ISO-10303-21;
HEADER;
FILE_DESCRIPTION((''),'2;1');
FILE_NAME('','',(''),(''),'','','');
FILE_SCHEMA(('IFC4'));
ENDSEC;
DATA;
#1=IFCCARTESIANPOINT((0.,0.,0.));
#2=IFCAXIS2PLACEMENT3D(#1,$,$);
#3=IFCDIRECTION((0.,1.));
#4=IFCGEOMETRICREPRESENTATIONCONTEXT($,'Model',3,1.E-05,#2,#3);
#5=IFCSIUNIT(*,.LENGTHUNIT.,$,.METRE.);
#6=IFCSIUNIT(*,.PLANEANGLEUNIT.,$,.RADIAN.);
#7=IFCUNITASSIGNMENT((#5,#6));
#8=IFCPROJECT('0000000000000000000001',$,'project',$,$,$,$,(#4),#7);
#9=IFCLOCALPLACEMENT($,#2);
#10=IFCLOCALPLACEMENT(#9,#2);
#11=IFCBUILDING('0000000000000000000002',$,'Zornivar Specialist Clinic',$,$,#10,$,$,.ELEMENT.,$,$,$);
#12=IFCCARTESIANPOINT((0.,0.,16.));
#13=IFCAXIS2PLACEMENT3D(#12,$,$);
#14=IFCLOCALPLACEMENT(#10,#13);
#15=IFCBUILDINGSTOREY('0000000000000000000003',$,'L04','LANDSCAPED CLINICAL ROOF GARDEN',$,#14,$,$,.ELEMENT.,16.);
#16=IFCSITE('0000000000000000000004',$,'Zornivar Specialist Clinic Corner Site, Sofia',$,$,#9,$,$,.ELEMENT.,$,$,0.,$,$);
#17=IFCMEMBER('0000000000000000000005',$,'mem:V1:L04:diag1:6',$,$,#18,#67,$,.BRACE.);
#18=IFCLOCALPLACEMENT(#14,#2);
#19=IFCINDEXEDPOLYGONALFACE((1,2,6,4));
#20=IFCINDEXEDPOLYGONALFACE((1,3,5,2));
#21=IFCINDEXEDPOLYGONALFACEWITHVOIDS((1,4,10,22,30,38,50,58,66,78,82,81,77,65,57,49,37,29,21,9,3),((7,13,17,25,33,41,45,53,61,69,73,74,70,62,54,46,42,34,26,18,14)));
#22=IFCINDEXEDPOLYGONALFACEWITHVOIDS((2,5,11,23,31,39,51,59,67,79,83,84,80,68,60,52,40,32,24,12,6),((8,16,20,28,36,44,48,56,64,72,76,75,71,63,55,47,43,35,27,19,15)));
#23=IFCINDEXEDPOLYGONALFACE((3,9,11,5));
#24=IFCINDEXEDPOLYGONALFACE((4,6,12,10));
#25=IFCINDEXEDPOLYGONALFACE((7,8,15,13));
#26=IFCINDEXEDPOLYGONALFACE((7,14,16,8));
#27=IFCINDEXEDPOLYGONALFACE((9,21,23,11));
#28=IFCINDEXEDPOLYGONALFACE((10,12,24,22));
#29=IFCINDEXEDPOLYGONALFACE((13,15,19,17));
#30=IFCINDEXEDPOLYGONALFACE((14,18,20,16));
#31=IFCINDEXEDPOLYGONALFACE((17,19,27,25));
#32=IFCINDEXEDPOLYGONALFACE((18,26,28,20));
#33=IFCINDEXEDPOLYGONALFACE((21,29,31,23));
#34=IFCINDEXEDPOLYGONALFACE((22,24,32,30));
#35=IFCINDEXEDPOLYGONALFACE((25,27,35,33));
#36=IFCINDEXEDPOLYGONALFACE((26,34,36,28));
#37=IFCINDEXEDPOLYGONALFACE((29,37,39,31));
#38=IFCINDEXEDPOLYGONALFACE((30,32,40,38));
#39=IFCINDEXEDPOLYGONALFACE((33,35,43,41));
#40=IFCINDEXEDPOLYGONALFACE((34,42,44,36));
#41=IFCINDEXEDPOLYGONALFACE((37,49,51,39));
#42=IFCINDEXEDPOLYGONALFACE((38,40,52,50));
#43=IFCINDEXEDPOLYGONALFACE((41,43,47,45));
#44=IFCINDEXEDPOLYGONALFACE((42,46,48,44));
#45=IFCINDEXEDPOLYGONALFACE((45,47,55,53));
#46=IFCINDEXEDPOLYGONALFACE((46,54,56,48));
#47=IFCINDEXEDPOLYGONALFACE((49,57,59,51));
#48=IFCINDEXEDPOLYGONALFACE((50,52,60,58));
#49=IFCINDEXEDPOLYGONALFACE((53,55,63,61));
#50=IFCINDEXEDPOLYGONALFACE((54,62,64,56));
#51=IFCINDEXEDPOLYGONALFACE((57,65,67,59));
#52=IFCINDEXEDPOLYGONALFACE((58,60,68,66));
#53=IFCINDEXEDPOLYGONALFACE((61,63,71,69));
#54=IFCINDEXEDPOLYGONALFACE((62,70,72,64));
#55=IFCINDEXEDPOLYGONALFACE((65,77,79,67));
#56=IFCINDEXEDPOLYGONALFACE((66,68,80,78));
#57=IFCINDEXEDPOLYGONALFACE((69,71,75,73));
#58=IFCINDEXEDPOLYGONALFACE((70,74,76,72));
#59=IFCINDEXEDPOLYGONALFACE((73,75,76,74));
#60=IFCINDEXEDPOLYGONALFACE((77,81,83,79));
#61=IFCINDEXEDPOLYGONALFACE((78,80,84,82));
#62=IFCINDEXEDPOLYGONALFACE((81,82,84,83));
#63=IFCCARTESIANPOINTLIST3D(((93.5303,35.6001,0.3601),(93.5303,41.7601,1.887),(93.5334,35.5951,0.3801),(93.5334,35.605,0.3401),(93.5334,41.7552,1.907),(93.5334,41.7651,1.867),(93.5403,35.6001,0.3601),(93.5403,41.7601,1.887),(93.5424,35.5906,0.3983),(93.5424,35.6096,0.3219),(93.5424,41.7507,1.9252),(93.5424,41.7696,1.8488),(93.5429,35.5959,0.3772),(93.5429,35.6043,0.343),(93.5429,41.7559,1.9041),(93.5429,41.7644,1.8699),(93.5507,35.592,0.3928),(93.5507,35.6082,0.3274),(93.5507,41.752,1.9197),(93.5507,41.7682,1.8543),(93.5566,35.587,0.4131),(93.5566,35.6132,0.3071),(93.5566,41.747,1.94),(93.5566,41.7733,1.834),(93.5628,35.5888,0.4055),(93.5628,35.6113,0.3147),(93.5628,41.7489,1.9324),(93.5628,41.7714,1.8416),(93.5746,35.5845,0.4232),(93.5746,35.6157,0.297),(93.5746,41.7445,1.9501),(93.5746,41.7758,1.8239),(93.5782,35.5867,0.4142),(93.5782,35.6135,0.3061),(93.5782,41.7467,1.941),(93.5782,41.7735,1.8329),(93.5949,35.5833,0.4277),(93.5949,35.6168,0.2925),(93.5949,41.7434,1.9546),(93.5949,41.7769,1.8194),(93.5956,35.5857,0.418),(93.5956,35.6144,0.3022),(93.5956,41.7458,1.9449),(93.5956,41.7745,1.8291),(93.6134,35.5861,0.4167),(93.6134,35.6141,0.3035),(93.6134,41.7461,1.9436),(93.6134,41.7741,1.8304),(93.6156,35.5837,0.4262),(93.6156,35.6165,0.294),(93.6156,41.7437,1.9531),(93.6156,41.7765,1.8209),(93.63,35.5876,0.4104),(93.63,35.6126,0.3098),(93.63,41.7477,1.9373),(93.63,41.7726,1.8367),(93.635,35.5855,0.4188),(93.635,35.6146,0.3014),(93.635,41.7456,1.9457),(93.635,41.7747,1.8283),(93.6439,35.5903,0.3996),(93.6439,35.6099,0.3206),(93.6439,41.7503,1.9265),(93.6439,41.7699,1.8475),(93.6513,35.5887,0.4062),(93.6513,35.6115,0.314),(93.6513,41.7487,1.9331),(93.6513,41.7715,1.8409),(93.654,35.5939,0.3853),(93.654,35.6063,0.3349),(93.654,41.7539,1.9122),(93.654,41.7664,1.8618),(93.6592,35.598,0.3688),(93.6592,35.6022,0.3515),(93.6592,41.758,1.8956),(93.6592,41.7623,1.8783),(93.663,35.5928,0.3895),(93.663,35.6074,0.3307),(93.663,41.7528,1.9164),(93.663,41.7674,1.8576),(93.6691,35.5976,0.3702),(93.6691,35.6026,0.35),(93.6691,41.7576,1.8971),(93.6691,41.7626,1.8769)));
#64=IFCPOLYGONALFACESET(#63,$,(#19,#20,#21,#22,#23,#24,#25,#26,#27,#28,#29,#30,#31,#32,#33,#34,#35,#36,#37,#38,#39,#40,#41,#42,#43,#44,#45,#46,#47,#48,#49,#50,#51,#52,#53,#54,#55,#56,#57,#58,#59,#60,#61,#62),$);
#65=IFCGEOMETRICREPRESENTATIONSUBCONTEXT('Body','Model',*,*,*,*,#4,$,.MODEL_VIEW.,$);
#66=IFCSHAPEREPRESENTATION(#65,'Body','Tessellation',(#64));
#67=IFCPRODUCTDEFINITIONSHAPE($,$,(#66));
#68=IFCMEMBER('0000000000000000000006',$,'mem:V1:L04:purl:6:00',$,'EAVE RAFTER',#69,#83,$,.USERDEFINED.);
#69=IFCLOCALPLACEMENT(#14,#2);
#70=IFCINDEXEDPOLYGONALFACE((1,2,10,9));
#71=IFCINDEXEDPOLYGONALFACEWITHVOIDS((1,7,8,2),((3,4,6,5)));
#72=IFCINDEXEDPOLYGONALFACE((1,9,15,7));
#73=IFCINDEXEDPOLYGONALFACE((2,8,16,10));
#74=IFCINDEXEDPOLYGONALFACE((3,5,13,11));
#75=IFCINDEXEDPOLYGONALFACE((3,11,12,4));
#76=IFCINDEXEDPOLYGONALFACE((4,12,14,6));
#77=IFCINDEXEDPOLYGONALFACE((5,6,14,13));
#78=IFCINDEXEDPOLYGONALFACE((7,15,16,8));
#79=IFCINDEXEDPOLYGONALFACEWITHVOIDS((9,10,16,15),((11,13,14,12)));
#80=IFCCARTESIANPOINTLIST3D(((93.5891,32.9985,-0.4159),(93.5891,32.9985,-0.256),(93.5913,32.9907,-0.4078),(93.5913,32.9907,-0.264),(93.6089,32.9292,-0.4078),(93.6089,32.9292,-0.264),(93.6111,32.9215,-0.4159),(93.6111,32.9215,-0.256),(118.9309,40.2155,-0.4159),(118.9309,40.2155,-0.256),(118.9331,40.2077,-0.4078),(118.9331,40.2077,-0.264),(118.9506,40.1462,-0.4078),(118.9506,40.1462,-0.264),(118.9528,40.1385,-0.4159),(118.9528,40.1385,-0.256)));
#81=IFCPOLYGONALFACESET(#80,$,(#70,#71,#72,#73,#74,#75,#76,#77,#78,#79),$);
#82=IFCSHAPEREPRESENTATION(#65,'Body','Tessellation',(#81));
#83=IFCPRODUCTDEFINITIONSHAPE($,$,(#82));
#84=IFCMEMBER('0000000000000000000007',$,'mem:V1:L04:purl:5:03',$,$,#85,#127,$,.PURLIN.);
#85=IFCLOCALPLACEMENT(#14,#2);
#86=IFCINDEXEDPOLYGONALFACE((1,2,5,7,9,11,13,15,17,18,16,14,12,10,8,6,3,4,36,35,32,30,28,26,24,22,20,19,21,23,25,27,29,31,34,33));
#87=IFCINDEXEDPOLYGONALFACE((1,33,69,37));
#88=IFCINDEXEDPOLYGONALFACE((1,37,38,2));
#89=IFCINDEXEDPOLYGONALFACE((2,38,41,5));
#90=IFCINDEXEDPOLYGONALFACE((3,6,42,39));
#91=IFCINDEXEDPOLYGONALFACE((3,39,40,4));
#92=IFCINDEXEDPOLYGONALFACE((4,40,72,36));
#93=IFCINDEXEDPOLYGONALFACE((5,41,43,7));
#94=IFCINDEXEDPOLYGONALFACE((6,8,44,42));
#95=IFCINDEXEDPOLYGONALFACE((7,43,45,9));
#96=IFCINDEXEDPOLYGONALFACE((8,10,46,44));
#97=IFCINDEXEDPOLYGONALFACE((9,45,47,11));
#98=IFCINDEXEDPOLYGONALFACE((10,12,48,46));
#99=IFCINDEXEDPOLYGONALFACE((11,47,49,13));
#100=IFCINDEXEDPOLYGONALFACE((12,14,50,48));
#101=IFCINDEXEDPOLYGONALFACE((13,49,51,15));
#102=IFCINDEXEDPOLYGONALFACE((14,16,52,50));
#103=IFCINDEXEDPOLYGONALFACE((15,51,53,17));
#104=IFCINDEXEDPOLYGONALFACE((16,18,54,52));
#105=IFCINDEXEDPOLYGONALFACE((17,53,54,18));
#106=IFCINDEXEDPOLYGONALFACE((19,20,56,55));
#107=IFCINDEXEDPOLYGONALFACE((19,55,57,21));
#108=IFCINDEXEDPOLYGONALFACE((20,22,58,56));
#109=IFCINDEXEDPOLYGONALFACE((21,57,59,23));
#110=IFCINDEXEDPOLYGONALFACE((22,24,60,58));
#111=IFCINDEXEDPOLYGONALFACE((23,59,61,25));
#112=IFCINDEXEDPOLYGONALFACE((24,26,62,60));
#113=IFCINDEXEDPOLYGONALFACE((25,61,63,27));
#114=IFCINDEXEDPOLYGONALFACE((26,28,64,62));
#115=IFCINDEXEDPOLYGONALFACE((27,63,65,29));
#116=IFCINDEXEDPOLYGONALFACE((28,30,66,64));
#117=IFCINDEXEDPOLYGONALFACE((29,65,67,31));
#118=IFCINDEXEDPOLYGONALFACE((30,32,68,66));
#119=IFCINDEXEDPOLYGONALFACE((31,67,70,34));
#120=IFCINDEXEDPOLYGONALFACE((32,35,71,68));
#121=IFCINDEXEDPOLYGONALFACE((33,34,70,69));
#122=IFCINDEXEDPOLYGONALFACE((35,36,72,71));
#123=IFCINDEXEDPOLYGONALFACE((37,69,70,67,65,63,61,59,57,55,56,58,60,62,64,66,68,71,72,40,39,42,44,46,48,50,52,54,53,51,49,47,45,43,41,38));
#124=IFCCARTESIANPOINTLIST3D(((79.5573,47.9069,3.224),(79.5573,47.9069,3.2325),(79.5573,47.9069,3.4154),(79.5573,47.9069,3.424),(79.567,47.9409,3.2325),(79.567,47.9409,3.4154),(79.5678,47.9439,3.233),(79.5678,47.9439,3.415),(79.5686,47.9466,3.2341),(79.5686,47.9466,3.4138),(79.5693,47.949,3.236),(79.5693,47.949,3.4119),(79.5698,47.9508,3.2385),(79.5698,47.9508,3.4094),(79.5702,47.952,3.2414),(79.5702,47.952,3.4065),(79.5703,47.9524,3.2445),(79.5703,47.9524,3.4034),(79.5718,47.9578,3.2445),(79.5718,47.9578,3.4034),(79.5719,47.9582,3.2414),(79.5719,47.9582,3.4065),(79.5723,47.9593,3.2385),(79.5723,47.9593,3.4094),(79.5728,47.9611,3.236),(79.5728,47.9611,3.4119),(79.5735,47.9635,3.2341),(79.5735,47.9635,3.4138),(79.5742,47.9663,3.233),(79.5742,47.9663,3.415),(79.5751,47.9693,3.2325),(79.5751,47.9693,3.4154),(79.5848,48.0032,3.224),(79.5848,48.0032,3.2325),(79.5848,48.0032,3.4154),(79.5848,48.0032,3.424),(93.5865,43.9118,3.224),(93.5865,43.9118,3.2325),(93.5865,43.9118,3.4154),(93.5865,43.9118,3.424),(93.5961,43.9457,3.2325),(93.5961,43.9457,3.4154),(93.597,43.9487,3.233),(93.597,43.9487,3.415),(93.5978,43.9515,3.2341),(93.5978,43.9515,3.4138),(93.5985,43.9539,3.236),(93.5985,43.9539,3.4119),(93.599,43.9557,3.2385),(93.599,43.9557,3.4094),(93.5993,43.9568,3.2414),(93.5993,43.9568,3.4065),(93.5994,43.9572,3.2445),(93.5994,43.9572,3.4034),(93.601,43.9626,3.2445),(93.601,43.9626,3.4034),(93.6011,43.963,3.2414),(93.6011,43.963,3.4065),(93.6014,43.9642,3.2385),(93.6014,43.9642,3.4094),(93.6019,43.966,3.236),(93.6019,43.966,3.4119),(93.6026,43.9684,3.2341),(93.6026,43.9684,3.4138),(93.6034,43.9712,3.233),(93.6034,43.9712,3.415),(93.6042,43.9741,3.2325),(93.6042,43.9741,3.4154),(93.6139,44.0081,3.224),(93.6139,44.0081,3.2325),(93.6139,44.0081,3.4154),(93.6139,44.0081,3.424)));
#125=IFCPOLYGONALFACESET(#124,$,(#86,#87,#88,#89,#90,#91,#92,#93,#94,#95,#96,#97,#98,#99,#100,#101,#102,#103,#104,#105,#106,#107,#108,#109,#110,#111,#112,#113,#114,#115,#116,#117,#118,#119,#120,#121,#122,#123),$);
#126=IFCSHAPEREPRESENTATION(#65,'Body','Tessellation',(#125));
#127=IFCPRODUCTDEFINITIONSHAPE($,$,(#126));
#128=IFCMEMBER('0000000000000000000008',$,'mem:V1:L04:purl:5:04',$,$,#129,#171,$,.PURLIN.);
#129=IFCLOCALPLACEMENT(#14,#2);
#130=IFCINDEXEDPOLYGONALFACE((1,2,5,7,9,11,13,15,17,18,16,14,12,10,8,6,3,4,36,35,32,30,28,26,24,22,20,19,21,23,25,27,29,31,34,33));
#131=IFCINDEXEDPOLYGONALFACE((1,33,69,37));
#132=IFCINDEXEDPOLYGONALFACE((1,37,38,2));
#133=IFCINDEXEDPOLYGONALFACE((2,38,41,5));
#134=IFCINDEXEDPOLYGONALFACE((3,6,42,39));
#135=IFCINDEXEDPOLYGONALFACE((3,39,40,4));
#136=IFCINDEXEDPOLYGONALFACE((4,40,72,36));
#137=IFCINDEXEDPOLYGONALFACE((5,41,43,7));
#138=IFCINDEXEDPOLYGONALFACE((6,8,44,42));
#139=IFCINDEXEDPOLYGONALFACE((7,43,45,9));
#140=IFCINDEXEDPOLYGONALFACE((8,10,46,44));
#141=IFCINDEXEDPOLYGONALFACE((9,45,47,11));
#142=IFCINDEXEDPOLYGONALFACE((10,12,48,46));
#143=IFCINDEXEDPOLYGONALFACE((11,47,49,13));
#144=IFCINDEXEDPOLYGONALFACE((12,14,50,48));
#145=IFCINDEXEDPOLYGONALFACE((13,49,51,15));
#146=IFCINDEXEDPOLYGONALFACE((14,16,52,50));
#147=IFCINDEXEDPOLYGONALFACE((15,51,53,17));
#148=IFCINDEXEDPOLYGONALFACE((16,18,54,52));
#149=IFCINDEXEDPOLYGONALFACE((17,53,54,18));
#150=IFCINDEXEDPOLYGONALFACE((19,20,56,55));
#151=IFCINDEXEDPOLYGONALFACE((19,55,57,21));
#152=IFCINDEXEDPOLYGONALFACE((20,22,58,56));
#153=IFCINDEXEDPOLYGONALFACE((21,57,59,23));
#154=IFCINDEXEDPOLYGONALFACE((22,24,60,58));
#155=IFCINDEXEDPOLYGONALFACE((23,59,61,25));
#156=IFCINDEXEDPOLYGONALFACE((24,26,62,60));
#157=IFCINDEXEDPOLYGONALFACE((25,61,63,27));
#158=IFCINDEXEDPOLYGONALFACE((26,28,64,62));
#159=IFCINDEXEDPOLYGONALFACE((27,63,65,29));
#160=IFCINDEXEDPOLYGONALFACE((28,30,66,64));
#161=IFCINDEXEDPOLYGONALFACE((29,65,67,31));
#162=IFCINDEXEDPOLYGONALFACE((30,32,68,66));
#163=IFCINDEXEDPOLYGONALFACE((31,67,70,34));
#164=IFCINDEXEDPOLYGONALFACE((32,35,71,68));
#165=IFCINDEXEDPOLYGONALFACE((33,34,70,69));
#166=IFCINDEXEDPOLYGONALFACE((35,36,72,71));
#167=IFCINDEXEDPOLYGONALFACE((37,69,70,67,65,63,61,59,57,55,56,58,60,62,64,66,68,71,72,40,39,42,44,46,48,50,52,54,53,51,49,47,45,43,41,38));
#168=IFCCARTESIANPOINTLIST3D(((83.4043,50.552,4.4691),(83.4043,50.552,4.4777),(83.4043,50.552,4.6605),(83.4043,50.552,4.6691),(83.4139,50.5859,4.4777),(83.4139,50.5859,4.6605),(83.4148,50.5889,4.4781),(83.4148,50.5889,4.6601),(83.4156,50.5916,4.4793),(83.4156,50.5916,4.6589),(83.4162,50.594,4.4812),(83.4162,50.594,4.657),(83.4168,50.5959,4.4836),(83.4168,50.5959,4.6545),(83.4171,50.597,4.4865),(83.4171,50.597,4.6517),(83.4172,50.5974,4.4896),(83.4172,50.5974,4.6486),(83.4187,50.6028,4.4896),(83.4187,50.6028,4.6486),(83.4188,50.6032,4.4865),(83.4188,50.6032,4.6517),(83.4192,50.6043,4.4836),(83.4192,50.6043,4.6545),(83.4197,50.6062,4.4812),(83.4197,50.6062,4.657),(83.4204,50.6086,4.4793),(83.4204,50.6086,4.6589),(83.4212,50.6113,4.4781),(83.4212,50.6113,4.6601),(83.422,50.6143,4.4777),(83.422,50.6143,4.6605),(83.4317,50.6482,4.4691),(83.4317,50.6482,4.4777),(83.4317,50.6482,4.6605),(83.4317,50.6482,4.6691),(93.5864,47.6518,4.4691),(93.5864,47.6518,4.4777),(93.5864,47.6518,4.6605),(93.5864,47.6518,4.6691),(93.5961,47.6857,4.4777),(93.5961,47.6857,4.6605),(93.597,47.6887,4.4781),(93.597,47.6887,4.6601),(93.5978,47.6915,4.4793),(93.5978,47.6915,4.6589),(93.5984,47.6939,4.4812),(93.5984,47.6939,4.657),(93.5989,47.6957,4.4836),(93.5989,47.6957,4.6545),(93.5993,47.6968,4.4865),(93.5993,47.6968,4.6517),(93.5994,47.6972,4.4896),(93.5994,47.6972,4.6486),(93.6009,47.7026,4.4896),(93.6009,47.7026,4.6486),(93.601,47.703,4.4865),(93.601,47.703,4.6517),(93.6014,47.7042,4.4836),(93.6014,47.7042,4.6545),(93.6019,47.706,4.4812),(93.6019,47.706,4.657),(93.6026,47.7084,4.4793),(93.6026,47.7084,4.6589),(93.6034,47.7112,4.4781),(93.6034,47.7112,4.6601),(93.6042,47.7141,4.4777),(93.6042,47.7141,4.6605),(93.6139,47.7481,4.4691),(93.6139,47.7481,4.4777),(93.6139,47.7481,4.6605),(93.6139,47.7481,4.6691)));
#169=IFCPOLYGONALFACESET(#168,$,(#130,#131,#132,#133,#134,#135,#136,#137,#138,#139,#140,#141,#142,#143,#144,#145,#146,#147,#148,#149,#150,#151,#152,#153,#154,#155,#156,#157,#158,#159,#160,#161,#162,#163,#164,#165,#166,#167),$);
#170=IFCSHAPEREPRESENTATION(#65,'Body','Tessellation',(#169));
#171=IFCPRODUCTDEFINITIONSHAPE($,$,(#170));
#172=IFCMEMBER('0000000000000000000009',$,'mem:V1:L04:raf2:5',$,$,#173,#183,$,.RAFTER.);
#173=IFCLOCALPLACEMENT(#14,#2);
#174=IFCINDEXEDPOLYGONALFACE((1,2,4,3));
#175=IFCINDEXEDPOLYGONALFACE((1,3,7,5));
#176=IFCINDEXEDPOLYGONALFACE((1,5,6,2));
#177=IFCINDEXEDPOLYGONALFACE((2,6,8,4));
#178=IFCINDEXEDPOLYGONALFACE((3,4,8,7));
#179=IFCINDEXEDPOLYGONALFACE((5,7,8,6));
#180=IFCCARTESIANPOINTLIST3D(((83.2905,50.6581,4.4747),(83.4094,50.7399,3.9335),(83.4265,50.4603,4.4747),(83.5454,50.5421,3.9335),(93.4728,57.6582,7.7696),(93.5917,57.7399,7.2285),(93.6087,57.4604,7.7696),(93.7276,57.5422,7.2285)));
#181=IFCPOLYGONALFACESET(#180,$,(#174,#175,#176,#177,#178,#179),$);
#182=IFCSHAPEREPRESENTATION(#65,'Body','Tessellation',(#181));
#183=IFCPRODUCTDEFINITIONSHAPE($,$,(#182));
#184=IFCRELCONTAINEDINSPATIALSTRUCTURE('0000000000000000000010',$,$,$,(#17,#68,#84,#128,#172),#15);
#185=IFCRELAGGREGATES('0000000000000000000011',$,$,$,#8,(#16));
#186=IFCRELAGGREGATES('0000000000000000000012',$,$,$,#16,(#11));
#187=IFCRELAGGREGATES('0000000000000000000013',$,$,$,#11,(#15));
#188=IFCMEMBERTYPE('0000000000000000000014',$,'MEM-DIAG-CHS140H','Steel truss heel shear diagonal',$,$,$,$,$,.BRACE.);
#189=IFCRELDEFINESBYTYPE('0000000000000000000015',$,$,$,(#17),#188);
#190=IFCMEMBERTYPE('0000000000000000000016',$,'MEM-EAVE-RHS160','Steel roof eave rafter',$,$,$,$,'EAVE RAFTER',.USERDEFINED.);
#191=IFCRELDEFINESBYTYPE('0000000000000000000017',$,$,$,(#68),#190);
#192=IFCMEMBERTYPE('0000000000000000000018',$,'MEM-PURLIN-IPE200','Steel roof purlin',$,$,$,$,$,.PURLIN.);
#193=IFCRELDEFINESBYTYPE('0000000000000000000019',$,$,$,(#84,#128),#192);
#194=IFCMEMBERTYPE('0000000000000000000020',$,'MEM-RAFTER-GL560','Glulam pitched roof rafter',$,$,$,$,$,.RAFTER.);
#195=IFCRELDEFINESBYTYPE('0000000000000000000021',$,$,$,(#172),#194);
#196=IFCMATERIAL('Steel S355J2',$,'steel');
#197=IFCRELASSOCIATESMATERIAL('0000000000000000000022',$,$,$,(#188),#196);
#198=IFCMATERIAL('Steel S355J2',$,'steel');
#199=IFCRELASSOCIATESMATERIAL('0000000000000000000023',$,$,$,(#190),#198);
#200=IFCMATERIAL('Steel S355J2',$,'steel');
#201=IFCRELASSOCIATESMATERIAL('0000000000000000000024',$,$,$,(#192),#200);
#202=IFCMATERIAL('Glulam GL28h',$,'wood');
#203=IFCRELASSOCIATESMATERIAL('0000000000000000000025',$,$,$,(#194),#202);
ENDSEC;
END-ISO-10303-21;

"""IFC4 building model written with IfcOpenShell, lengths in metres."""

from ifc_helpers import new_model, si_unit, direction, frame, origin, origin_2d, place, context, subcontext, project, spatial, rectangle, hollow_rectangle, hollow_circle, i_section, extrude, material, material_profile, profile_set, type_object, element, save


model = new_model("IFC4")

# Units and contexts
model_context = context("Model", 3, precision=1e-05, world=origin(), true_north=direction((0.0, 1.0)))
body_context = subcontext(model_context, "Body", "Model", "MODEL_VIEW")
ifc_project = project(units=[si_unit("LENGTHUNIT", "METRE"), si_unit("PLANEANGLEUNIT", "RADIAN")], contexts=[model_context])

# Site, building, storey
site_placement = place(None, origin())
site = spatial("IfcSite", under=ifc_project, at=site_placement, Name="Zornivar Specialist Clinic Corner Site, Sofia", CompositionType="ELEMENT", RefElevation=0.0)
building_placement = place(site_placement, origin())
building = spatial("IfcBuilding", under=site, at=building_placement, Name="Zornivar Specialist Clinic", CompositionType="ELEMENT")
storey_placement = place(building_placement, frame((0.0, 0.0, 16.0)))
storey = spatial("IfcBuildingStorey", under=building, at=storey_placement, Name="L04", Description="LANDSCAPED CLINICAL ROOF GARDEN", CompositionType="ELEMENT", Elevation=16.0)

# Members
ifc_material_1 = material(Name="Steel S355J2", Category="steel")
ifc_material_profile_1 = material_profile(ifc_material_1, hollow_circle(Radius=0.0698, WallThickness=0.01, at=origin_2d()), Name="CHS 139.7x10")
ifc_profile_set_1 = profile_set([ifc_material_profile_1], Name="Steel S355J2")
member_type_1 = type_object("IfcMemberType", Name="MEM-DIAG-CHS140H", Description="Steel truss heel shear diagonal", PredefinedType="BRACE", material=ifc_profile_set_1)
member_1_placement = place(storey_placement, frame((93.6001, 35.6001, 0.3601), z_axis=(0.0, 0.970627, 0.240589), x_axis=(-1.0, 0.0, 0.0)))
element("IfcMember", 1, at=member_1_placement, inside=storey, type_object=member_type_1, Name="mem:V1:L04:diag1:6", PredefinedType="BRACE", context=body_context, shape_type="SweptSolid", body=[
    extrude(hollow_circle(Radius=0.0698, WallThickness=0.01, at=origin_2d()), origin(), (0.0, 0.0, 1.0), 6.3464),
])
ifc_material_2 = material(Name="Steel S355J2", Category="steel")
ifc_material_profile_2 = material_profile(ifc_material_2, hollow_rectangle(XDim=0.0801, YDim=0.1599, WallThickness=0.0081, at=origin_2d()), Name="RHS 160x80x8")
ifc_profile_set_2 = profile_set([ifc_material_profile_2], Name="Steel S355J2")
member_type_2 = type_object("IfcMemberType", Name="MEM-EAVE-RHS160", Description="Steel roof eave rafter", ElementType="EAVE RAFTER", PredefinedType="USERDEFINED", material=ifc_profile_set_2)
member_2_placement = place(storey_placement, frame((93.6001, 32.96, -0.3359), z_axis=(0.961759, 0.273897, 0.0), x_axis=(-0.273897, 0.961759, 0.0)))
element("IfcMember", 2, at=member_2_placement, inside=storey, type_object=member_type_2, Name="mem:V1:L04:purl:6:00", ObjectType="EAVE RAFTER", PredefinedType="USERDEFINED", context=body_context, shape_type="SweptSolid", body=[
    extrude(hollow_rectangle(XDim=0.0801, YDim=0.1599, WallThickness=0.0081, at=origin_2d()), origin(), (0.0, 0.0, 1.0), 26.3494),
])
ifc_material_3 = material(Name="Steel S355J2", Category="steel")
ifc_material_profile_3 = material_profile(ifc_material_3, i_section(OverallWidth=0.1001, OverallDepth=0.2, WebThickness=0.0056, FlangeThickness=0.0085, FilletRadius=0.012, at=origin_2d()), Name="IPE 200")
ifc_profile_set_3 = profile_set([ifc_material_profile_3], Name="Steel S355J2")
member_type_3 = type_object("IfcMemberType", Name="MEM-PURLIN-IPE200", Description="Steel roof purlin", PredefinedType="PURLIN", material=ifc_profile_set_3)
member_3_placement = place(storey_placement, frame((79.571, 47.9551, 3.324), z_axis=(0.961762, -0.273885, 0.0), x_axis=(0.273885, 0.961762, 0.0)))
element("IfcMember", 3, at=member_3_placement, inside=storey, type_object=member_type_3, Name="mem:V1:L04:purl:5:03", PredefinedType="PURLIN", context=body_context, shape_type="SweptSolid", body=[
    extrude(i_section(OverallWidth=0.1001, OverallDepth=0.2, WebThickness=0.0056, FlangeThickness=0.0085, FilletRadius=0.012, at=origin_2d()), origin(), (0.0, 0.0, 1.0), 14.5869),
])
member_4_placement = place(storey_placement, frame((83.418, 50.6001, 4.5691), z_axis=(0.961749, -0.273932, 0.0), x_axis=(0.273932, 0.961749, 0.0)))
element("IfcMember", 4, at=member_4_placement, inside=storey, type_object=member_type_3, Name="mem:V1:L04:purl:5:04", PredefinedType="PURLIN", context=body_context, shape_type="SweptSolid", body=[
    extrude(i_section(OverallWidth=0.1001, OverallDepth=0.2, WebThickness=0.0056, FlangeThickness=0.0085, FilletRadius=0.012, at=origin_2d()), origin(), (0.0, 0.0, 1.0), 10.5872),
])
ifc_material_4 = material(Name="Glulam GL28h", Category="wood")
ifc_material_profile_4 = material_profile(ifc_material_4, rectangle(XDim=0.24, YDim=0.5601, at=origin_2d()), Name="GL28h 240x560")
ifc_profile_set_4 = profile_set([ifc_material_profile_4], Name="Glulam GL28h")
member_type_4 = type_object("IfcMemberType", Name="MEM-RAFTER-GL560", Description="Glulam pitched roof rafter", PredefinedType="RAFTER", material=ifc_profile_set_4)
member_5_placement = place(storey_placement, frame((83.418, 50.6001, 4.2041), z_axis=(0.796227, 0.547389, 0.257658), x_axis=(-0.566517, 0.82405, 0.0)))
element("IfcMember", 5, at=member_5_placement, inside=storey, type_object=member_type_4, Name="mem:V1:L04:raf2:5", PredefinedType="RAFTER", context=body_context, shape_type="SweptSolid", body=[
    extrude(rectangle(XDim=0.24, YDim=0.5601, at=origin_2d()), origin(), (0.0, 0.0, 1.0), 12.7881),
])

save(model, "model.ifc")
